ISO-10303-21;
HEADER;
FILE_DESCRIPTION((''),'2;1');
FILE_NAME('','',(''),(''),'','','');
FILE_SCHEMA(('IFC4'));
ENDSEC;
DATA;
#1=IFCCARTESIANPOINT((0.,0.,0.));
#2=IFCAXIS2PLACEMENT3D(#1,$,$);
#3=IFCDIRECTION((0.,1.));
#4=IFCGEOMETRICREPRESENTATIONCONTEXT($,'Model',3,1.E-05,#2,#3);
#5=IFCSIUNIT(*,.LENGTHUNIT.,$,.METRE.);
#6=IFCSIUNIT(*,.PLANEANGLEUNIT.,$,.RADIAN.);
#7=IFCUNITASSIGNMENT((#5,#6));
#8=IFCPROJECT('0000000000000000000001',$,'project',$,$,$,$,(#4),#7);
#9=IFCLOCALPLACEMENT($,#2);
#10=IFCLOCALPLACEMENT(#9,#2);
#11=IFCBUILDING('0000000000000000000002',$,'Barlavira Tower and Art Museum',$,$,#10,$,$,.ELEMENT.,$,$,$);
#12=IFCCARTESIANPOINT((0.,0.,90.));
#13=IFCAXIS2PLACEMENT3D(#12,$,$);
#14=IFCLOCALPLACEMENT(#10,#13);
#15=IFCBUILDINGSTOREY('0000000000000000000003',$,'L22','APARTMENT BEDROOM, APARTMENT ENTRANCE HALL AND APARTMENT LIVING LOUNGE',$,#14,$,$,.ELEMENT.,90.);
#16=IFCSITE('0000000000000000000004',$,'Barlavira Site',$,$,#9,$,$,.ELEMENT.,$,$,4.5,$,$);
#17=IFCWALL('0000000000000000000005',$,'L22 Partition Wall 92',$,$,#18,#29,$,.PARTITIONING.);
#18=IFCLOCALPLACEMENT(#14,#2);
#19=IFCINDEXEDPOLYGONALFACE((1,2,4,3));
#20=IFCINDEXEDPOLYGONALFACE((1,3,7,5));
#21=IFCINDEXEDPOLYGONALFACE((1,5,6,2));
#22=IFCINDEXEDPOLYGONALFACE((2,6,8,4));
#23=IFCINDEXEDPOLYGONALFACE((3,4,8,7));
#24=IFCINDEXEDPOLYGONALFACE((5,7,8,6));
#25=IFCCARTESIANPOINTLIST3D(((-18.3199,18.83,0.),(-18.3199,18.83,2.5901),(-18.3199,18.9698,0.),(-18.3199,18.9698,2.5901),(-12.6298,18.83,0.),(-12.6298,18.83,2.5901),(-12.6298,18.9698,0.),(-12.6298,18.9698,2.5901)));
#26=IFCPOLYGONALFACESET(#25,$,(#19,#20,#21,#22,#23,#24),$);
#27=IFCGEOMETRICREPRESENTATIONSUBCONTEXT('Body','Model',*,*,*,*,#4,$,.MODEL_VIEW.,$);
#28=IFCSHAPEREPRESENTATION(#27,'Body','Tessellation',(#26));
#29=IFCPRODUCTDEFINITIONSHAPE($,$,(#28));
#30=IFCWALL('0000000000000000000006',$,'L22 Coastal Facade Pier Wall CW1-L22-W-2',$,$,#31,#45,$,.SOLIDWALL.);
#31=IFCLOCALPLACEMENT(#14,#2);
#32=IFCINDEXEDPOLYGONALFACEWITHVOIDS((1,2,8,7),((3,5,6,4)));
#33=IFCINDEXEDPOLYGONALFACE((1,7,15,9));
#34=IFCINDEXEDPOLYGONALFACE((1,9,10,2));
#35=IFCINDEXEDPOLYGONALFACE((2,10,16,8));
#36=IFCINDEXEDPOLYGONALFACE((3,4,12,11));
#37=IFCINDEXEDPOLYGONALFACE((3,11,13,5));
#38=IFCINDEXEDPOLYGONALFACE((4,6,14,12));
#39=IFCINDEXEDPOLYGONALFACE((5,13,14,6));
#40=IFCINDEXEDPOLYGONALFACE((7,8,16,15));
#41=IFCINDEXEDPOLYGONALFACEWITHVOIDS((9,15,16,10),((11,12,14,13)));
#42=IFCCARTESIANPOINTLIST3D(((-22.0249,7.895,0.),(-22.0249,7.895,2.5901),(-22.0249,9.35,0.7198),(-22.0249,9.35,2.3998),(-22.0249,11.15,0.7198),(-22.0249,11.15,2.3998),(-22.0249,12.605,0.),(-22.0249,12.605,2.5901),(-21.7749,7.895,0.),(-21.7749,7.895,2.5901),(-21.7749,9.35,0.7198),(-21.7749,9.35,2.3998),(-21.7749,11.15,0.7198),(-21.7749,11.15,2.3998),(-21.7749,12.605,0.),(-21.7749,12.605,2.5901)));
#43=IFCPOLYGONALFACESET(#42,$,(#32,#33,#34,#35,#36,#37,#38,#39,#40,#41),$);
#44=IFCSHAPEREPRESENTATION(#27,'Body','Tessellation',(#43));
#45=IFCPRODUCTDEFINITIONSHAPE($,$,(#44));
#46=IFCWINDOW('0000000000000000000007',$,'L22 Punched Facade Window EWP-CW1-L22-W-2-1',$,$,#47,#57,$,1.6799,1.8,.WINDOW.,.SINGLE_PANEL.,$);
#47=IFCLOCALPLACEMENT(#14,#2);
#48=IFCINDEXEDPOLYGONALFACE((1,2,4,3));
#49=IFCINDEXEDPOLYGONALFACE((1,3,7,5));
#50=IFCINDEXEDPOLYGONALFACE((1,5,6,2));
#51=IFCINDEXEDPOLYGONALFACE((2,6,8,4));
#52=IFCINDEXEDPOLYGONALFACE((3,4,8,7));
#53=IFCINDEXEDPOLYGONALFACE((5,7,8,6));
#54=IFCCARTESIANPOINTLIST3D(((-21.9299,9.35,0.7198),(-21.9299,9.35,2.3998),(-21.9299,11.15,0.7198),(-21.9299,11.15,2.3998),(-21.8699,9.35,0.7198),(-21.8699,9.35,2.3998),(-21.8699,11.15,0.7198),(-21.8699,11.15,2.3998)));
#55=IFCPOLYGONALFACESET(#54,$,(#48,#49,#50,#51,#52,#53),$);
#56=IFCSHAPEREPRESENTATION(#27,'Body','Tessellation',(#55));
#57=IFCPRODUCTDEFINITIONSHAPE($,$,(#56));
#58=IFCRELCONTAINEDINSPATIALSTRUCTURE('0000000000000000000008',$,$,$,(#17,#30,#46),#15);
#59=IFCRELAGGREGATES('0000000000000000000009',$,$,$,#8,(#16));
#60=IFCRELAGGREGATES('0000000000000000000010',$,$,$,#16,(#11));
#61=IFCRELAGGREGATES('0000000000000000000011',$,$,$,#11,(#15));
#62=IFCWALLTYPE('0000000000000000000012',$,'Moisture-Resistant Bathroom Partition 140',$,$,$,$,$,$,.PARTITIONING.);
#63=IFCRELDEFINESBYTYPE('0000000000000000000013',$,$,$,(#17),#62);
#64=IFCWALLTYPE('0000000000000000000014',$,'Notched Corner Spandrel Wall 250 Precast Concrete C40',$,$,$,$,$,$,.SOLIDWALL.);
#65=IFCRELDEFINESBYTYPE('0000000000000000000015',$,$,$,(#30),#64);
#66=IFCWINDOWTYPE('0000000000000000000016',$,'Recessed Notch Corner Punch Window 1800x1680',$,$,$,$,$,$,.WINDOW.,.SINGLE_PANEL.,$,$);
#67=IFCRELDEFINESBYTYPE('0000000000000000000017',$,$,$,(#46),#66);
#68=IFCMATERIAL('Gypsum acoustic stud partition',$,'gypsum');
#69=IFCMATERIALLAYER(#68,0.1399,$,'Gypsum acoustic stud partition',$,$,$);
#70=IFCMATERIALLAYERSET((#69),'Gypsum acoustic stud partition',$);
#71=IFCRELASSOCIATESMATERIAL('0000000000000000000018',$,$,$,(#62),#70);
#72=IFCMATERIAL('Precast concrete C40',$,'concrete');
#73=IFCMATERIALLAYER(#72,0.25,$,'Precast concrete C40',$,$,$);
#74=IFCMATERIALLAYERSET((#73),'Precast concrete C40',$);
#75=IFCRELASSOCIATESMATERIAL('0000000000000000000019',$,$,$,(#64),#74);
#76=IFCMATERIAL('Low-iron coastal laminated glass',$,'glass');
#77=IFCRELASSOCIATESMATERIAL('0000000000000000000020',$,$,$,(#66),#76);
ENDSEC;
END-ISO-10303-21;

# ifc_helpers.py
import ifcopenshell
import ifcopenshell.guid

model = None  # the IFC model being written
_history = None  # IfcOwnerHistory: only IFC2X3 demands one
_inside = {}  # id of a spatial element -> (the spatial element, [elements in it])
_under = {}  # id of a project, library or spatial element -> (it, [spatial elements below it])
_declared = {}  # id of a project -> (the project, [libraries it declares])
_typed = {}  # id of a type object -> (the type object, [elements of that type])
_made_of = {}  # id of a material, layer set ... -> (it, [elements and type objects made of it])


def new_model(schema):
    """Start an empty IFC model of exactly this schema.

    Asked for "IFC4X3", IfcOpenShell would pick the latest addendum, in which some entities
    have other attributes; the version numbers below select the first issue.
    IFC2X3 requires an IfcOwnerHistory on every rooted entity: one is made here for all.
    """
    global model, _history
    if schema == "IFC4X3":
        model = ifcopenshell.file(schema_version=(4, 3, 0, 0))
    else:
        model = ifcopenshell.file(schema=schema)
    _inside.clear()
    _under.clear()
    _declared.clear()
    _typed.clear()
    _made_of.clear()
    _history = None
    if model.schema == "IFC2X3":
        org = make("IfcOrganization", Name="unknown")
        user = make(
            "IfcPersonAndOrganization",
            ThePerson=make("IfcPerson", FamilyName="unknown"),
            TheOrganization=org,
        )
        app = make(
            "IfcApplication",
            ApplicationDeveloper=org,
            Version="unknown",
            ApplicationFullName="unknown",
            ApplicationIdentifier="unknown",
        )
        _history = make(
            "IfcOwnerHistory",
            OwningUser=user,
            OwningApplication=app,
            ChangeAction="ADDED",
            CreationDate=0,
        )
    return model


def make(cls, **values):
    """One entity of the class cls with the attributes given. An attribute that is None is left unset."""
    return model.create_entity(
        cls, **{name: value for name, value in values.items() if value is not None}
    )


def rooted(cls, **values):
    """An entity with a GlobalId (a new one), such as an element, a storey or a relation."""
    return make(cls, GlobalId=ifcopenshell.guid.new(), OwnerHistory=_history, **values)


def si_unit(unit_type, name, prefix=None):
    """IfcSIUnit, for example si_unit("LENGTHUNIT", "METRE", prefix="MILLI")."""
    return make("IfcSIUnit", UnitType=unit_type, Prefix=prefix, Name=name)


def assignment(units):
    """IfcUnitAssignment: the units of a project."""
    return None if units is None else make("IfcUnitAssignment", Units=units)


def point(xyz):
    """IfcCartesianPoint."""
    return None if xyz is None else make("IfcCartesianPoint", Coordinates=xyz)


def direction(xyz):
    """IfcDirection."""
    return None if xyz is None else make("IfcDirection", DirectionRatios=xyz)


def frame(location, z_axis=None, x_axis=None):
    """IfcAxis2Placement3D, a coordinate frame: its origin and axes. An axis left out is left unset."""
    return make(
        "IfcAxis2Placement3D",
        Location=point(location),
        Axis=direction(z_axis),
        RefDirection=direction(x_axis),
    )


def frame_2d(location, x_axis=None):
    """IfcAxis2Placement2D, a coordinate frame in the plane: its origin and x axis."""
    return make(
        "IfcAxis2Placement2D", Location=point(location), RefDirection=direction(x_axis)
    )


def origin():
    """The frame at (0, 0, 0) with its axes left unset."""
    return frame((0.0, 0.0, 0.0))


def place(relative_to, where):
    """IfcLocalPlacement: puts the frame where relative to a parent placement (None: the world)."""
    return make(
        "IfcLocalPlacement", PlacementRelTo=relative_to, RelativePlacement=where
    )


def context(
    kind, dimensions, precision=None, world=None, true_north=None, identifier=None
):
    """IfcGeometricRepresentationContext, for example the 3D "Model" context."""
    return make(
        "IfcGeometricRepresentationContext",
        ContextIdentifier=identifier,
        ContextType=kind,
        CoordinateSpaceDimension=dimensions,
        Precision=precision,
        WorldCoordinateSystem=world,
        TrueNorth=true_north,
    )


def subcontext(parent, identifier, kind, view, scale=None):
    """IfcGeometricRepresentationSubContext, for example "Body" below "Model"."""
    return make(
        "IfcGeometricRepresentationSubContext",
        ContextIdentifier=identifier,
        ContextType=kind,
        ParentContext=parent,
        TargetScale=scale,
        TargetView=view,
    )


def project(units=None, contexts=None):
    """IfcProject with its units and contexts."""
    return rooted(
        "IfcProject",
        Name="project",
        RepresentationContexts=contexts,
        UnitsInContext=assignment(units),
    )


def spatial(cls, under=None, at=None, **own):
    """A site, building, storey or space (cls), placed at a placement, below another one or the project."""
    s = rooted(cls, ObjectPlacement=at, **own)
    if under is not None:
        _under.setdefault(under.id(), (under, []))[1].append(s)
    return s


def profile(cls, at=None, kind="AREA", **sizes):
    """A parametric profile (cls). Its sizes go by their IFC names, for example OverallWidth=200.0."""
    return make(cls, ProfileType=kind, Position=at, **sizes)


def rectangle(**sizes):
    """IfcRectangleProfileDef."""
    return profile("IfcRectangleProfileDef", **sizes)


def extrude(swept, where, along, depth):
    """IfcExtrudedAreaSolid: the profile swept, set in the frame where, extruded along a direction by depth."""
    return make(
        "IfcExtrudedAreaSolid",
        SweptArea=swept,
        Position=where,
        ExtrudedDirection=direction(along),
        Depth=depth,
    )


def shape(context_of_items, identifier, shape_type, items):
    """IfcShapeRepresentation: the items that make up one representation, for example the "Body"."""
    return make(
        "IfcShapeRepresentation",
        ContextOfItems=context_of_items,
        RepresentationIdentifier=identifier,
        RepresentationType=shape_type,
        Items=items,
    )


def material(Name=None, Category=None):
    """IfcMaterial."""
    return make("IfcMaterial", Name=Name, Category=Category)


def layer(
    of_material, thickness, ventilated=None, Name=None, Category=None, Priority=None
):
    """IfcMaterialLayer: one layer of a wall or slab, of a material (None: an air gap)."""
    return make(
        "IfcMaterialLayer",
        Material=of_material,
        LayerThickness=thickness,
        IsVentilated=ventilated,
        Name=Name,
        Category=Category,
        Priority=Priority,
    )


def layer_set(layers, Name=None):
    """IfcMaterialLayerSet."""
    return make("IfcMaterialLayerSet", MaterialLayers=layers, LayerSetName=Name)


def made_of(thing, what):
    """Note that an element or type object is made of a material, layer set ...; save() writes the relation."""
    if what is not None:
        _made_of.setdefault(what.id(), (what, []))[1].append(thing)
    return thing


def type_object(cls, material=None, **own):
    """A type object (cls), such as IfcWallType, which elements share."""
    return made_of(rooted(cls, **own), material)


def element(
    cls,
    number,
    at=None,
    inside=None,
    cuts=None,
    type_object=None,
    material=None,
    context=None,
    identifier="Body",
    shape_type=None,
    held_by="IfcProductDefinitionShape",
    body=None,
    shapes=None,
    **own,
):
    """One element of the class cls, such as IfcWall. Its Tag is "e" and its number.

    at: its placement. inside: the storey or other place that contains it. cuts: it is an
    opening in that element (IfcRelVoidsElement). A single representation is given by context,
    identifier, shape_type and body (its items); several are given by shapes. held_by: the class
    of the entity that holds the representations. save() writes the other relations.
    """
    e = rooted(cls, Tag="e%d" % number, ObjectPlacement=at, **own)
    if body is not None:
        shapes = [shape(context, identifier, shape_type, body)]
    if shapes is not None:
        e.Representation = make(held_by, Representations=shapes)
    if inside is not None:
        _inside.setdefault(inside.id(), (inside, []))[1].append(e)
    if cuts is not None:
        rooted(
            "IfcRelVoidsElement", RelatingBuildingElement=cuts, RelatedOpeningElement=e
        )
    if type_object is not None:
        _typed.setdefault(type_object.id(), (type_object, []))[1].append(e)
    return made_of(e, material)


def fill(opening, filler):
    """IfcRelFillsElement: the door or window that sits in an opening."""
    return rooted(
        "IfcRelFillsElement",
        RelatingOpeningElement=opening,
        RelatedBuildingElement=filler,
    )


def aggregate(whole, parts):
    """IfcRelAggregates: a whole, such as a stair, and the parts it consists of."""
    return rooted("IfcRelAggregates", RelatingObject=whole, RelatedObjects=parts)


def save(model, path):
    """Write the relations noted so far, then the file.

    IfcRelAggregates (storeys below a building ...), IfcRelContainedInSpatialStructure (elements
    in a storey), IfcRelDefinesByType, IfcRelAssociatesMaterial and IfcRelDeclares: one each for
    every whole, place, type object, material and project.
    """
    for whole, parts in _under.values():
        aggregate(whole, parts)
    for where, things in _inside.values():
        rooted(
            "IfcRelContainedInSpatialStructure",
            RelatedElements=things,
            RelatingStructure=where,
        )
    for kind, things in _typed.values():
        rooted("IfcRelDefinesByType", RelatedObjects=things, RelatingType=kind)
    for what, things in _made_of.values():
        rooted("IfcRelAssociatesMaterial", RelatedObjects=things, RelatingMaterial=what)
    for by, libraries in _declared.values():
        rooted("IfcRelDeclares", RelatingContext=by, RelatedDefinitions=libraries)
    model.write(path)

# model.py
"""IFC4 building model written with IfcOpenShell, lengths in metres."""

from ifc_helpers import new_model, si_unit, direction, frame, frame_2d, origin, place, context, subcontext, project, spatial, rectangle, extrude, material, layer, layer_set, type_object, element, fill, save


model = new_model("IFC4")

# Units and contexts
model_context = context("Model", 3, precision=1e-05, world=origin(), true_north=direction((0.0, 1.0)))
body_context = subcontext(model_context, "Body", "Model", "MODEL_VIEW")
ifc_project = project(units=[si_unit("LENGTHUNIT", "METRE"), si_unit("PLANEANGLEUNIT", "RADIAN")], contexts=[model_context])

# Site, building, storey
site_placement = place(None, origin())
site = spatial("IfcSite", under=ifc_project, at=site_placement, Name="Barlavira Site", CompositionType="ELEMENT", RefElevation=4.5)
building_placement = place(site_placement, origin())
building = spatial("IfcBuilding", under=site, at=building_placement, Name="Barlavira Tower and Art Museum", CompositionType="ELEMENT")
storey_placement = place(building_placement, frame((0.0, 0.0, 90.0)))
storey = spatial("IfcBuildingStorey", under=building, at=storey_placement, Name="L22", Description="APARTMENT BEDROOM, APARTMENT ENTRANCE HALL AND APARTMENT LIVING LOUNGE", CompositionType="ELEMENT", Elevation=90.0)

# Shared definitions
ifc_material_1 = material(Name="Gypsum acoustic stud partition", Category="gypsum")

# Wall
ifc_layer_1 = layer(ifc_material_1, 0.1399, Name="Gypsum acoustic stud partition")
ifc_layer_set_1 = layer_set([ifc_layer_1], Name="Gypsum acoustic stud partition")
wall_type_1 = type_object("IfcWallType", Name="Moisture-Resistant Bathroom Partition 140", PredefinedType="PARTITIONING", material=ifc_layer_set_1)
wall_1_placement = place(storey_placement, frame((-18.3201, 18.8999, 0.0), z_axis=(0.0, 0.0, 1.0), x_axis=(1.0, 0.0, 0.0)))
element("IfcWall", 1, at=wall_1_placement, inside=storey, type_object=wall_type_1, Name="L22 Partition Wall 92", PredefinedType="PARTITIONING", context=body_context, shape_type="SweptSolid", body=[
    extrude(rectangle(XDim=5.6902, YDim=0.1399, at=frame_2d((2.8452, 0.0))), origin(), (0.0, 0.0, 1.0), 2.5901),
])

# Wall, opening, window
ifc_material_2 = material(Name="Precast concrete C40", Category="concrete")
ifc_layer_2 = layer(ifc_material_2, 0.25, Name="Precast concrete C40")
ifc_layer_set_2 = layer_set([ifc_layer_2], Name="Precast concrete C40")
wall_type_2 = type_object("IfcWallType", Name="Notched Corner Spandrel Wall 250 Precast Concrete C40", PredefinedType="SOLIDWALL", material=ifc_layer_set_2)
wall_2_placement = place(storey_placement, frame((-21.8999, 12.605, 0.0), z_axis=(0.0, 0.0, 1.0), x_axis=(0.0, -1.0, 0.0)))
wall_2 = element("IfcWall", 2, at=wall_2_placement, inside=storey, type_object=wall_type_2, Name="L22 Coastal Facade Pier Wall CW1-L22-W-2", PredefinedType="SOLIDWALL", context=body_context, shape_type="SweptSolid", body=[
    extrude(rectangle(XDim=4.71, YDim=0.25, at=frame_2d((2.355, 0.0))), origin(), (0.0, 0.0, 1.0), 2.5901),
])
opening_1_placement = place(wall_2_placement, frame((1.4551, 0.0, 0.72)))
opening_1 = element("IfcOpeningElement", 3, at=opening_1_placement, cuts=wall_2, PredefinedType="OPENING", context=body_context, shape_type="SweptSolid", body=[
    extrude(rectangle(XDim=1.8, YDim=1.6799, at=frame_2d((0.8999, 0.8398))), frame((0.0, 0.135, 0.0), z_axis=(0.0, -1.0, 0.0), x_axis=(1.0, 0.0, 0.0)), (0.0, 0.0, 1.0), 0.27),
])
ifc_material_3 = material(Name="Low-iron coastal laminated glass", Category="glass")
window_type = type_object("IfcWindowType", Name="Recessed Notch Corner Punch Window 1800x1680", PartitioningType="SINGLE_PANEL", PredefinedType="WINDOW", material=ifc_material_3)
window_placement = place(opening_1_placement, origin())
window = element("IfcWindow", 4, at=window_placement, inside=storey, type_object=window_type, Name="L22 Punched Facade Window EWP-CW1-L22-W-2-1", OverallHeight=1.6799, OverallWidth=1.8, PartitioningType="SINGLE_PANEL", PredefinedType="WINDOW", context=body_context, shape_type="SweptSolid", body=[
    extrude(rectangle(XDim=1.8, YDim=1.6799, at=frame_2d((0.8999, 0.8398))), frame((0.0, 0.03, 0.0), z_axis=(0.0, -1.0, 0.0), x_axis=(1.0, 0.0, 0.0)), (0.0, 0.0, 1.0), 0.0601),
])
fill(opening_1, window)

save(model, "model.ifc")
